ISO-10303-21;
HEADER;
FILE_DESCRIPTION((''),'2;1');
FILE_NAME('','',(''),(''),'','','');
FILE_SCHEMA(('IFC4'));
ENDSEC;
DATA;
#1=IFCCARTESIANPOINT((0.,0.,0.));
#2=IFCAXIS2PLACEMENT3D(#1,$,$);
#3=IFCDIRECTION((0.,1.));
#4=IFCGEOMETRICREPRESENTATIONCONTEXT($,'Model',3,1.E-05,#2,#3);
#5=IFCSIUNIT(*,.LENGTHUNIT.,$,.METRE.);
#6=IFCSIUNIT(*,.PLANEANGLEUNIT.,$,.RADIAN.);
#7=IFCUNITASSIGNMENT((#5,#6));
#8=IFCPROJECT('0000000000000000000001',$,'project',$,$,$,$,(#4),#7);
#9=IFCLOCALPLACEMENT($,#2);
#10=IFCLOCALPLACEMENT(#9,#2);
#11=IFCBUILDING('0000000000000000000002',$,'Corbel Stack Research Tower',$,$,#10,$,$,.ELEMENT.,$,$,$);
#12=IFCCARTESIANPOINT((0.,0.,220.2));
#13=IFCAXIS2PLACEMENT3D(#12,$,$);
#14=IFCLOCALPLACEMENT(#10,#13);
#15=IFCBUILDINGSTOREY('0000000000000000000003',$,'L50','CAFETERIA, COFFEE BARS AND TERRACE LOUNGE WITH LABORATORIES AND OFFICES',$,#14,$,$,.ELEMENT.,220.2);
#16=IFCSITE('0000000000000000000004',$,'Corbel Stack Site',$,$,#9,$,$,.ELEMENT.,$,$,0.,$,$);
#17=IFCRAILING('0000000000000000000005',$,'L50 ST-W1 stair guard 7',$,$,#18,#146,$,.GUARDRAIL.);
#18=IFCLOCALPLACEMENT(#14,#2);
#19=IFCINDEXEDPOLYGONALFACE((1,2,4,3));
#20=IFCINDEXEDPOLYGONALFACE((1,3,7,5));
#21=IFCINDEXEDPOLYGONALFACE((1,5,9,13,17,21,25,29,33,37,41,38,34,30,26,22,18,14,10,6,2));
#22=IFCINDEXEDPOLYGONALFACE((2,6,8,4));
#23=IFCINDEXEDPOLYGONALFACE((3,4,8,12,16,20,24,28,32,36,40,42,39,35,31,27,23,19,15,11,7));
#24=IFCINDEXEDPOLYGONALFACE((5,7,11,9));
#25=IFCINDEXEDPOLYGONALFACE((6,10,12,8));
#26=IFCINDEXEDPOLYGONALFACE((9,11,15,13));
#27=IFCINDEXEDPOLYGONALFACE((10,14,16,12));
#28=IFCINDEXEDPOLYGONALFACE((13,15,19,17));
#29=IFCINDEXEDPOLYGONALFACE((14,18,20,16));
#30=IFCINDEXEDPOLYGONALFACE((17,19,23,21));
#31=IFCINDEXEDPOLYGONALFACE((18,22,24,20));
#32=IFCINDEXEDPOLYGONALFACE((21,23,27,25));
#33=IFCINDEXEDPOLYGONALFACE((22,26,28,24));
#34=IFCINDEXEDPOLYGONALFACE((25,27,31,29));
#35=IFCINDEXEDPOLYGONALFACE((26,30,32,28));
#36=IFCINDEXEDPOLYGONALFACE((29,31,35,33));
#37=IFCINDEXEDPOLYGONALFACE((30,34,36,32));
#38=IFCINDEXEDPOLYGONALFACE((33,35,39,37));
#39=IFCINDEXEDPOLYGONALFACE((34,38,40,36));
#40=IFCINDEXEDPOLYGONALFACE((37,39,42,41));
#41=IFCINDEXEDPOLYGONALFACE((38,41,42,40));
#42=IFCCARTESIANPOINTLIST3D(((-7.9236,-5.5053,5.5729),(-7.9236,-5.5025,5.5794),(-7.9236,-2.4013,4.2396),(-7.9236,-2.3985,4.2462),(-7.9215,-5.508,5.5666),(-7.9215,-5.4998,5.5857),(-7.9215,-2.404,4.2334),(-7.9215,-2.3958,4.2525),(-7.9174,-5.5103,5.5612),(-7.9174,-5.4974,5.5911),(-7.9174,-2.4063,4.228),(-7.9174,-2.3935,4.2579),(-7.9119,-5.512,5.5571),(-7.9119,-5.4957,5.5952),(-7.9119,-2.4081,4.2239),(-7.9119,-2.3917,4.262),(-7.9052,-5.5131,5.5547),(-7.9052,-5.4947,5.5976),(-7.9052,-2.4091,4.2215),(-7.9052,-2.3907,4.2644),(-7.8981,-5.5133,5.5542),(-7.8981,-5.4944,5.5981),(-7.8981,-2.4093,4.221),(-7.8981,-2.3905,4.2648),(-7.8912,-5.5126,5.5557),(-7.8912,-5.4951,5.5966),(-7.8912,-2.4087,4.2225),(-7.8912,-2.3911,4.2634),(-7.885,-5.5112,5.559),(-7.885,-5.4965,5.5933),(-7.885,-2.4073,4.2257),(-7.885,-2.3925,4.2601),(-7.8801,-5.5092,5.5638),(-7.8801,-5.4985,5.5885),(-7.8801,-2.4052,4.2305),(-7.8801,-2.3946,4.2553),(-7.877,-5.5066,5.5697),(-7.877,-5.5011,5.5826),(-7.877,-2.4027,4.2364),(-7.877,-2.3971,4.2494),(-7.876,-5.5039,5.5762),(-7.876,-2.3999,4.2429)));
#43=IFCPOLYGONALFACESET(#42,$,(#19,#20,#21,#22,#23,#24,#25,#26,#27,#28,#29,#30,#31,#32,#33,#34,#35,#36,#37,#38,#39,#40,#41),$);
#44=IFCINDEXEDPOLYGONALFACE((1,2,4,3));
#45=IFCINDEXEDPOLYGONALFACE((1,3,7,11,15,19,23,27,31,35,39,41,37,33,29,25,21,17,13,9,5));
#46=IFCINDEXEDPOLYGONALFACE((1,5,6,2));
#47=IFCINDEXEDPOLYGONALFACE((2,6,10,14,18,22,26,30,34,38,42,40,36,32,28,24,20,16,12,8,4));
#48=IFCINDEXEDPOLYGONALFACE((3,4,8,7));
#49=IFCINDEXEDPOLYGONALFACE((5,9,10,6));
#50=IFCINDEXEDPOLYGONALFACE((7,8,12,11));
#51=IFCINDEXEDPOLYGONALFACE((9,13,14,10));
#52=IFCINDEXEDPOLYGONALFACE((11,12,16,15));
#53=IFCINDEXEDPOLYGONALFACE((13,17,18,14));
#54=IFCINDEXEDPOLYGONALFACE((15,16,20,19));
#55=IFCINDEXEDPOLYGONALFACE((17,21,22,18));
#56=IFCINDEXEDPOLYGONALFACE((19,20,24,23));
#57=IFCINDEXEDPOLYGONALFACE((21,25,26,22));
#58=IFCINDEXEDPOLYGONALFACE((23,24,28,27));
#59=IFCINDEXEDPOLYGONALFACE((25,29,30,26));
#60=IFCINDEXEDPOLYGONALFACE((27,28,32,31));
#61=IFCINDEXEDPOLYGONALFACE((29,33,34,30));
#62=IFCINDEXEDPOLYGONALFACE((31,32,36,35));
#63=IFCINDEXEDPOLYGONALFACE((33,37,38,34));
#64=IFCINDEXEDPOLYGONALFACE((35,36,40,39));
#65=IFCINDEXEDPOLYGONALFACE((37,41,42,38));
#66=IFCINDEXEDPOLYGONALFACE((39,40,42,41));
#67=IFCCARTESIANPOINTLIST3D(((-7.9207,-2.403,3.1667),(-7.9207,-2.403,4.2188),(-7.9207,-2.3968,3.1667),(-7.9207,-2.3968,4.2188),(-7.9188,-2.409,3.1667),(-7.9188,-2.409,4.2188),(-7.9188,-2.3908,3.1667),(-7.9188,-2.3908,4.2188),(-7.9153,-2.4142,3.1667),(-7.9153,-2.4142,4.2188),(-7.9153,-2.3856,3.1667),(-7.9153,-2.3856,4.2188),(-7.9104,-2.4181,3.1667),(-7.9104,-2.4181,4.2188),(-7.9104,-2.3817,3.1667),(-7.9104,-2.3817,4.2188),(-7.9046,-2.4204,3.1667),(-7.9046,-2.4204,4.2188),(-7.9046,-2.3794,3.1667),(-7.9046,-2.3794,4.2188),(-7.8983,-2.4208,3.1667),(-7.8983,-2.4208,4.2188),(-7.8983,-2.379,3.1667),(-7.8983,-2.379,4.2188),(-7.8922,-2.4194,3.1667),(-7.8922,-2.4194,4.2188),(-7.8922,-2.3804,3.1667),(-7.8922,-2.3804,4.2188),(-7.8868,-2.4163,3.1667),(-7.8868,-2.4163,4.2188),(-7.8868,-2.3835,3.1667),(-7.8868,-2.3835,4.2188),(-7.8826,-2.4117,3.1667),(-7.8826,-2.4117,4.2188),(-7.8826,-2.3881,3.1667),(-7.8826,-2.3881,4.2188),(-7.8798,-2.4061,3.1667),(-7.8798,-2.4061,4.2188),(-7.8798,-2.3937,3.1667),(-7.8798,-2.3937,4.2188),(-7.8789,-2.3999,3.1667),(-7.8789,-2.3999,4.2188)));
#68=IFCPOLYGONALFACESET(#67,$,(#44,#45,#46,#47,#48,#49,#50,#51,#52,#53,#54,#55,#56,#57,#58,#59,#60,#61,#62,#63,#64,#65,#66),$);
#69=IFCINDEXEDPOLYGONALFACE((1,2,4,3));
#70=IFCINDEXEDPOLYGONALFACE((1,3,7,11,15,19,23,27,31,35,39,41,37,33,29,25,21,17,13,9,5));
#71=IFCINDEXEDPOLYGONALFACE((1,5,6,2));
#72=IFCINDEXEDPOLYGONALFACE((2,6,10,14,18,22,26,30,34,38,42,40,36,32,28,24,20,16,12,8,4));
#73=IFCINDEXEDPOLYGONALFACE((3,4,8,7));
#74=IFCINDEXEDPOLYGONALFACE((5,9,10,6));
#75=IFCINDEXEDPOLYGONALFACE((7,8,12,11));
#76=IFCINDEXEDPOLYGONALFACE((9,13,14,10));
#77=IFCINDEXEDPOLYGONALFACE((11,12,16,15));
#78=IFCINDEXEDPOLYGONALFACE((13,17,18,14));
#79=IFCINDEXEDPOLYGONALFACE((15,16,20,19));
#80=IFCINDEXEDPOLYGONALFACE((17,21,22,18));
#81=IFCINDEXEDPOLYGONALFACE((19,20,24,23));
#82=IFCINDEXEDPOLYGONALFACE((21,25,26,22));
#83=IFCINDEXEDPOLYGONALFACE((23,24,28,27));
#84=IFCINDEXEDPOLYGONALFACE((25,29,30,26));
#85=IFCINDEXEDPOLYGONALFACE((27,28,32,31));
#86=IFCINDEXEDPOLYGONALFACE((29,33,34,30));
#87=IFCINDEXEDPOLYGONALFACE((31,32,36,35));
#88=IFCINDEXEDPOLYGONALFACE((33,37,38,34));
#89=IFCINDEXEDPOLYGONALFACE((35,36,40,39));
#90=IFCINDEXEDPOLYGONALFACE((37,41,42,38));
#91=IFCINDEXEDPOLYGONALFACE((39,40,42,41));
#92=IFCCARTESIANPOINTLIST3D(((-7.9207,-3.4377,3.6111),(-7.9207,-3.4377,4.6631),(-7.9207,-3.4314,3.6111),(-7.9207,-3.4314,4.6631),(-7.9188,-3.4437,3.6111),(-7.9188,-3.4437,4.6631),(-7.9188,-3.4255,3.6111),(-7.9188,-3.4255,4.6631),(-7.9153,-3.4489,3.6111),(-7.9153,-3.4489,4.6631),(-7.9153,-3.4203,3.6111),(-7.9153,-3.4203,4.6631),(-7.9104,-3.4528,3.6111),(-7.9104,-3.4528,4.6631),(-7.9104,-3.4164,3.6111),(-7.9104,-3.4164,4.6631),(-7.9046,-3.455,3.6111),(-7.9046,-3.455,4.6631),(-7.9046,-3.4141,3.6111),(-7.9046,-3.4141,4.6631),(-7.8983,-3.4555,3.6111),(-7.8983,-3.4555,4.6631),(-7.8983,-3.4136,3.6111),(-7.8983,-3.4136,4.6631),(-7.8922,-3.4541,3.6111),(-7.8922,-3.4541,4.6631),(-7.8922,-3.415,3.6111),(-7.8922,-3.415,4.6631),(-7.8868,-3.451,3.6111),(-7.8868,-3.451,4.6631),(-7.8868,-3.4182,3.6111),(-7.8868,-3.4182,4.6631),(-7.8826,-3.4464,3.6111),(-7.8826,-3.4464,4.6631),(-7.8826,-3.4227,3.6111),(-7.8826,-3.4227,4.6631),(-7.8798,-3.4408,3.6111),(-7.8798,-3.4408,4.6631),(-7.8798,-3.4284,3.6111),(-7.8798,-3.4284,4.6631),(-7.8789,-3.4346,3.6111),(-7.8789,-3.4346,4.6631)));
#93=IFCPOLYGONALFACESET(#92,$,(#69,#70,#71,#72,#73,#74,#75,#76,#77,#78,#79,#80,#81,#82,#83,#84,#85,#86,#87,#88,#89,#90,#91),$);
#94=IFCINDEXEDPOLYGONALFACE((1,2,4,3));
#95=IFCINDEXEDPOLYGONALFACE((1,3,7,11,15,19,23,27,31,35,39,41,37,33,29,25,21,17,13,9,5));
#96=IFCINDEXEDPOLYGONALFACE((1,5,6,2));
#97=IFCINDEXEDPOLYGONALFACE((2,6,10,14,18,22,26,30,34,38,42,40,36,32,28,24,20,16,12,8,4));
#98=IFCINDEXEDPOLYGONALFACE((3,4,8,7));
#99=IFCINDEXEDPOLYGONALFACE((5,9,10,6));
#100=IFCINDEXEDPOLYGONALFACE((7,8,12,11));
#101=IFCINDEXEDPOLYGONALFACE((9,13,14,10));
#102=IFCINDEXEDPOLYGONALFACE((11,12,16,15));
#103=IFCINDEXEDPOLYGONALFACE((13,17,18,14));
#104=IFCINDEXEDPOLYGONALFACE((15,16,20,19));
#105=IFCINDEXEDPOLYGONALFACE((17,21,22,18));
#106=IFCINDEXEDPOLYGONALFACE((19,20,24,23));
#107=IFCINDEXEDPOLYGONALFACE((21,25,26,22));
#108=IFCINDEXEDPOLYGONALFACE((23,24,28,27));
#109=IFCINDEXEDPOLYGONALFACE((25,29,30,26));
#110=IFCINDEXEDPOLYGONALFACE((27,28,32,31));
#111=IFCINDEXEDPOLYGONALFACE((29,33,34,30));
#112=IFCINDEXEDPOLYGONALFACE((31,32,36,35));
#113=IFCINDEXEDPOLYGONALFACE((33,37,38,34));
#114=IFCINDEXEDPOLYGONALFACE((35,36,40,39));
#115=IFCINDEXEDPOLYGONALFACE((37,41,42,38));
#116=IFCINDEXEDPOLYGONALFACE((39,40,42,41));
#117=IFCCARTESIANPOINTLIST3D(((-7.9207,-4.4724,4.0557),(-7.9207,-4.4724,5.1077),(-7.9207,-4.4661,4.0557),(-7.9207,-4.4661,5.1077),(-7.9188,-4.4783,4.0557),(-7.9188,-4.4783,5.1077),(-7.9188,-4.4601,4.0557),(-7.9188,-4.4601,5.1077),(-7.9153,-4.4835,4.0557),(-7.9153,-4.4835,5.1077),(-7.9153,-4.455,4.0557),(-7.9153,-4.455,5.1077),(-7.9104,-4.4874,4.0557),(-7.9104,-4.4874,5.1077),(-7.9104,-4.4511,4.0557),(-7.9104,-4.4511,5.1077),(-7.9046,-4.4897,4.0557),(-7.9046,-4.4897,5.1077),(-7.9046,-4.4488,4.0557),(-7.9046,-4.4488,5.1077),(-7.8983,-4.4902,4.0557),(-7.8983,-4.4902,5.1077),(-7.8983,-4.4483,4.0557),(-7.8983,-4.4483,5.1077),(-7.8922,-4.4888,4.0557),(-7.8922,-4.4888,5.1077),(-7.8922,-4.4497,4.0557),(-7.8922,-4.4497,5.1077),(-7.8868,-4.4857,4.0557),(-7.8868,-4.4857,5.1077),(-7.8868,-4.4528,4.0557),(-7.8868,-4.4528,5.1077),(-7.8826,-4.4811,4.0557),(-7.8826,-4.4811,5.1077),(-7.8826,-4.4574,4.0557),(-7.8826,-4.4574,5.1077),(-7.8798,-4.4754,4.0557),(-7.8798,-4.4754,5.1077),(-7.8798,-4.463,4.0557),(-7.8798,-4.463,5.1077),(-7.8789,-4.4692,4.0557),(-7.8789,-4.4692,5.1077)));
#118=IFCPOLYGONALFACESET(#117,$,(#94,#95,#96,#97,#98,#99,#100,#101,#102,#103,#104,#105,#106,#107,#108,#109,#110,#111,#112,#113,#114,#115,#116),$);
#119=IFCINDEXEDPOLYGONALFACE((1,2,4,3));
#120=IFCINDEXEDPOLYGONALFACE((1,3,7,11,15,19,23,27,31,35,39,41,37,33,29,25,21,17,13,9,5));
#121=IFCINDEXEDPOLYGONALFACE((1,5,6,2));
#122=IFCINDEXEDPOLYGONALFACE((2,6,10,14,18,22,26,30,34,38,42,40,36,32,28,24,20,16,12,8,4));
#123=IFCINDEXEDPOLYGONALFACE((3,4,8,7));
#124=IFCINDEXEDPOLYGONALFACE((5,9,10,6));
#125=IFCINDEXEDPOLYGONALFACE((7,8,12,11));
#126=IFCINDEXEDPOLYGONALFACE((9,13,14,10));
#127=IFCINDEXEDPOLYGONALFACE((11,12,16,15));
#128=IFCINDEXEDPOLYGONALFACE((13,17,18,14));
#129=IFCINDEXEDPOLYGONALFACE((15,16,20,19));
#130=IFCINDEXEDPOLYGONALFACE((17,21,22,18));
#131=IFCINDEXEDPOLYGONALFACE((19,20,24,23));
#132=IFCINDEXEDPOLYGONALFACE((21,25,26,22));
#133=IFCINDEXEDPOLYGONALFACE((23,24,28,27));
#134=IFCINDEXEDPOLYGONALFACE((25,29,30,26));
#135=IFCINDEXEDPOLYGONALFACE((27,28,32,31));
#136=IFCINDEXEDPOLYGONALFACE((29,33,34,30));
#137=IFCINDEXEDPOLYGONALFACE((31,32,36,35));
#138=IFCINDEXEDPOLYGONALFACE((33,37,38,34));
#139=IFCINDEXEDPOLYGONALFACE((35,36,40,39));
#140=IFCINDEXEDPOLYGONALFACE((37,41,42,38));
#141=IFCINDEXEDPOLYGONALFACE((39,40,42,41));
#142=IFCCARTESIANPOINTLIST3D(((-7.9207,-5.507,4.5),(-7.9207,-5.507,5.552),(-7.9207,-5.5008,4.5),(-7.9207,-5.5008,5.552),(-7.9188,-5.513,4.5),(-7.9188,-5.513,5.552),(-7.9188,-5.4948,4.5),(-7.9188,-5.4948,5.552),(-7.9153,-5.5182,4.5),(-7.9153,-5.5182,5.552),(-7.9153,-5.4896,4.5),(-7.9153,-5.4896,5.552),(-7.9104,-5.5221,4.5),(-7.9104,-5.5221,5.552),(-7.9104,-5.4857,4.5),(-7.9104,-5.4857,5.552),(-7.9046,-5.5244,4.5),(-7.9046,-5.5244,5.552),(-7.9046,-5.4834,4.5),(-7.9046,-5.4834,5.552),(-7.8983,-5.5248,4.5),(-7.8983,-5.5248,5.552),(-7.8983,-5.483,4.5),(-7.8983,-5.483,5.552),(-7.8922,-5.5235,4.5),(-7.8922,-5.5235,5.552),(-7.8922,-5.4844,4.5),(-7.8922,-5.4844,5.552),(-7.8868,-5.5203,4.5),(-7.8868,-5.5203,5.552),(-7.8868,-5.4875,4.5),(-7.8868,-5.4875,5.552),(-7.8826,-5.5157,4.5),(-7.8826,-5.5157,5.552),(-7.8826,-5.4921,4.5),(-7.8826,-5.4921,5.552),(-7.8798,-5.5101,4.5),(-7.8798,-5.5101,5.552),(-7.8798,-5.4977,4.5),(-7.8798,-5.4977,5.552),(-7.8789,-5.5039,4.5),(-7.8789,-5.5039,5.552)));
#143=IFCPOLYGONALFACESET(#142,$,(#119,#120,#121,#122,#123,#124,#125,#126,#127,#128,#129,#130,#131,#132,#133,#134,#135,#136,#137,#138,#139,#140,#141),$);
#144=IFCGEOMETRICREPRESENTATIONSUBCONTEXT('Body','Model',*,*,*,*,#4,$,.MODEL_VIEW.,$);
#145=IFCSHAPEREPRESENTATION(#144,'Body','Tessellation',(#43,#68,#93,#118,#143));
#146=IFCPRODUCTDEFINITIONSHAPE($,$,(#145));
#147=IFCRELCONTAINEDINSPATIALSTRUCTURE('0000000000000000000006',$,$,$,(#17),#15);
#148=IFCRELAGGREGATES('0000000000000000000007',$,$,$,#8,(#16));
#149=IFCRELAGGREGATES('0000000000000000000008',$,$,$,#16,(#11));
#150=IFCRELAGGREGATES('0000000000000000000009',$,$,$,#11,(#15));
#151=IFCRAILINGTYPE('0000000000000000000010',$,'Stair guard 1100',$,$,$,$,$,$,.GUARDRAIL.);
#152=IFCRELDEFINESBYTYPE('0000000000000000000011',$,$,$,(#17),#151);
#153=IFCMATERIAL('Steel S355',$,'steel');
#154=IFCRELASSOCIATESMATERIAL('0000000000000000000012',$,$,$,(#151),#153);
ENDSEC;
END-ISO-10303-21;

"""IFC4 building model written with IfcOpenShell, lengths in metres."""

from ifc_helpers import new_model, si_unit, direction, frame, origin, origin_2d, place, context, subcontext, project, spatial, circle, extrude, material, type_object, element, save


model = new_model("IFC4")

# Units and contexts
model_context = context("Model", 3, precision=1e-05, world=origin(), true_north=direction((0.0, 1.0)))
body_context = subcontext(model_context, "Body", "Model", "MODEL_VIEW")
ifc_project = project(units=[si_unit("LENGTHUNIT", "METRE"), si_unit("PLANEANGLEUNIT", "RADIAN")], contexts=[model_context])

# Site, building, storey
site_placement = place(None, origin())
site = spatial("IfcSite", under=ifc_project, at=site_placement, Name="Corbel Stack Site", CompositionType="ELEMENT", RefElevation=0.0)
building_placement = place(site_placement, origin())
building = spatial("IfcBuilding", under=site, at=building_placement, Name="Corbel Stack Research Tower", CompositionType="ELEMENT")
storey_placement = place(building_placement, frame((0.0, 0.0, 220.2)))
storey = spatial("IfcBuildingStorey", under=building, at=storey_placement, Name="L50", Description="CAFETERIA, COFFEE BARS AND TERRACE LOUNGE WITH LABORATORIES AND OFFICES", CompositionType="ELEMENT", Elevation=220.2)

# Railing
ifc_material_1 = material(Name="Steel S355", Category="steel")
railing_type_1 = type_object("IfcRailingType", Name="Stair guard 1100", PredefinedType="GUARDRAIL", material=ifc_material_1)
railing_1_placement = place(storey_placement, frame((-7.8999, -2.3999, 3.1667)))
element("IfcRailing", 1, at=railing_1_placement, inside=storey, type_object=railing_type_1, Name="L50 ST-W1 stair guard 7", PredefinedType="GUARDRAIL", context=body_context, shape_type="SweptSolid", body=[
    extrude(circle(Radius=0.0239, at=origin_2d()), frame((0.0, 0.0, 1.0762), z_axis=(0.0, -0.918827, 0.394661), x_axis=(1.0, 0.0, 0.0)), (0.0, 0.0, 1.0), 3.3782),
    extrude(circle(Radius=0.021, at=origin_2d()), origin(), (0.0, 0.0, 1.0), 1.052),
    extrude(circle(Radius=0.021, at=origin_2d()), frame((0.0, -1.0347, 0.4443)), (0.0, 0.0, 1.0), 1.052),
    extrude(circle(Radius=0.021, at=origin_2d()), frame((0.0, -2.0693, 0.8889)), (0.0, 0.0, 1.0), 1.052),
    extrude(circle(Radius=0.021, at=origin_2d()), frame((0.0, -3.104, 1.3333)), (0.0, 0.0, 1.0), 1.052),
])

save(model, "model.ifc")
